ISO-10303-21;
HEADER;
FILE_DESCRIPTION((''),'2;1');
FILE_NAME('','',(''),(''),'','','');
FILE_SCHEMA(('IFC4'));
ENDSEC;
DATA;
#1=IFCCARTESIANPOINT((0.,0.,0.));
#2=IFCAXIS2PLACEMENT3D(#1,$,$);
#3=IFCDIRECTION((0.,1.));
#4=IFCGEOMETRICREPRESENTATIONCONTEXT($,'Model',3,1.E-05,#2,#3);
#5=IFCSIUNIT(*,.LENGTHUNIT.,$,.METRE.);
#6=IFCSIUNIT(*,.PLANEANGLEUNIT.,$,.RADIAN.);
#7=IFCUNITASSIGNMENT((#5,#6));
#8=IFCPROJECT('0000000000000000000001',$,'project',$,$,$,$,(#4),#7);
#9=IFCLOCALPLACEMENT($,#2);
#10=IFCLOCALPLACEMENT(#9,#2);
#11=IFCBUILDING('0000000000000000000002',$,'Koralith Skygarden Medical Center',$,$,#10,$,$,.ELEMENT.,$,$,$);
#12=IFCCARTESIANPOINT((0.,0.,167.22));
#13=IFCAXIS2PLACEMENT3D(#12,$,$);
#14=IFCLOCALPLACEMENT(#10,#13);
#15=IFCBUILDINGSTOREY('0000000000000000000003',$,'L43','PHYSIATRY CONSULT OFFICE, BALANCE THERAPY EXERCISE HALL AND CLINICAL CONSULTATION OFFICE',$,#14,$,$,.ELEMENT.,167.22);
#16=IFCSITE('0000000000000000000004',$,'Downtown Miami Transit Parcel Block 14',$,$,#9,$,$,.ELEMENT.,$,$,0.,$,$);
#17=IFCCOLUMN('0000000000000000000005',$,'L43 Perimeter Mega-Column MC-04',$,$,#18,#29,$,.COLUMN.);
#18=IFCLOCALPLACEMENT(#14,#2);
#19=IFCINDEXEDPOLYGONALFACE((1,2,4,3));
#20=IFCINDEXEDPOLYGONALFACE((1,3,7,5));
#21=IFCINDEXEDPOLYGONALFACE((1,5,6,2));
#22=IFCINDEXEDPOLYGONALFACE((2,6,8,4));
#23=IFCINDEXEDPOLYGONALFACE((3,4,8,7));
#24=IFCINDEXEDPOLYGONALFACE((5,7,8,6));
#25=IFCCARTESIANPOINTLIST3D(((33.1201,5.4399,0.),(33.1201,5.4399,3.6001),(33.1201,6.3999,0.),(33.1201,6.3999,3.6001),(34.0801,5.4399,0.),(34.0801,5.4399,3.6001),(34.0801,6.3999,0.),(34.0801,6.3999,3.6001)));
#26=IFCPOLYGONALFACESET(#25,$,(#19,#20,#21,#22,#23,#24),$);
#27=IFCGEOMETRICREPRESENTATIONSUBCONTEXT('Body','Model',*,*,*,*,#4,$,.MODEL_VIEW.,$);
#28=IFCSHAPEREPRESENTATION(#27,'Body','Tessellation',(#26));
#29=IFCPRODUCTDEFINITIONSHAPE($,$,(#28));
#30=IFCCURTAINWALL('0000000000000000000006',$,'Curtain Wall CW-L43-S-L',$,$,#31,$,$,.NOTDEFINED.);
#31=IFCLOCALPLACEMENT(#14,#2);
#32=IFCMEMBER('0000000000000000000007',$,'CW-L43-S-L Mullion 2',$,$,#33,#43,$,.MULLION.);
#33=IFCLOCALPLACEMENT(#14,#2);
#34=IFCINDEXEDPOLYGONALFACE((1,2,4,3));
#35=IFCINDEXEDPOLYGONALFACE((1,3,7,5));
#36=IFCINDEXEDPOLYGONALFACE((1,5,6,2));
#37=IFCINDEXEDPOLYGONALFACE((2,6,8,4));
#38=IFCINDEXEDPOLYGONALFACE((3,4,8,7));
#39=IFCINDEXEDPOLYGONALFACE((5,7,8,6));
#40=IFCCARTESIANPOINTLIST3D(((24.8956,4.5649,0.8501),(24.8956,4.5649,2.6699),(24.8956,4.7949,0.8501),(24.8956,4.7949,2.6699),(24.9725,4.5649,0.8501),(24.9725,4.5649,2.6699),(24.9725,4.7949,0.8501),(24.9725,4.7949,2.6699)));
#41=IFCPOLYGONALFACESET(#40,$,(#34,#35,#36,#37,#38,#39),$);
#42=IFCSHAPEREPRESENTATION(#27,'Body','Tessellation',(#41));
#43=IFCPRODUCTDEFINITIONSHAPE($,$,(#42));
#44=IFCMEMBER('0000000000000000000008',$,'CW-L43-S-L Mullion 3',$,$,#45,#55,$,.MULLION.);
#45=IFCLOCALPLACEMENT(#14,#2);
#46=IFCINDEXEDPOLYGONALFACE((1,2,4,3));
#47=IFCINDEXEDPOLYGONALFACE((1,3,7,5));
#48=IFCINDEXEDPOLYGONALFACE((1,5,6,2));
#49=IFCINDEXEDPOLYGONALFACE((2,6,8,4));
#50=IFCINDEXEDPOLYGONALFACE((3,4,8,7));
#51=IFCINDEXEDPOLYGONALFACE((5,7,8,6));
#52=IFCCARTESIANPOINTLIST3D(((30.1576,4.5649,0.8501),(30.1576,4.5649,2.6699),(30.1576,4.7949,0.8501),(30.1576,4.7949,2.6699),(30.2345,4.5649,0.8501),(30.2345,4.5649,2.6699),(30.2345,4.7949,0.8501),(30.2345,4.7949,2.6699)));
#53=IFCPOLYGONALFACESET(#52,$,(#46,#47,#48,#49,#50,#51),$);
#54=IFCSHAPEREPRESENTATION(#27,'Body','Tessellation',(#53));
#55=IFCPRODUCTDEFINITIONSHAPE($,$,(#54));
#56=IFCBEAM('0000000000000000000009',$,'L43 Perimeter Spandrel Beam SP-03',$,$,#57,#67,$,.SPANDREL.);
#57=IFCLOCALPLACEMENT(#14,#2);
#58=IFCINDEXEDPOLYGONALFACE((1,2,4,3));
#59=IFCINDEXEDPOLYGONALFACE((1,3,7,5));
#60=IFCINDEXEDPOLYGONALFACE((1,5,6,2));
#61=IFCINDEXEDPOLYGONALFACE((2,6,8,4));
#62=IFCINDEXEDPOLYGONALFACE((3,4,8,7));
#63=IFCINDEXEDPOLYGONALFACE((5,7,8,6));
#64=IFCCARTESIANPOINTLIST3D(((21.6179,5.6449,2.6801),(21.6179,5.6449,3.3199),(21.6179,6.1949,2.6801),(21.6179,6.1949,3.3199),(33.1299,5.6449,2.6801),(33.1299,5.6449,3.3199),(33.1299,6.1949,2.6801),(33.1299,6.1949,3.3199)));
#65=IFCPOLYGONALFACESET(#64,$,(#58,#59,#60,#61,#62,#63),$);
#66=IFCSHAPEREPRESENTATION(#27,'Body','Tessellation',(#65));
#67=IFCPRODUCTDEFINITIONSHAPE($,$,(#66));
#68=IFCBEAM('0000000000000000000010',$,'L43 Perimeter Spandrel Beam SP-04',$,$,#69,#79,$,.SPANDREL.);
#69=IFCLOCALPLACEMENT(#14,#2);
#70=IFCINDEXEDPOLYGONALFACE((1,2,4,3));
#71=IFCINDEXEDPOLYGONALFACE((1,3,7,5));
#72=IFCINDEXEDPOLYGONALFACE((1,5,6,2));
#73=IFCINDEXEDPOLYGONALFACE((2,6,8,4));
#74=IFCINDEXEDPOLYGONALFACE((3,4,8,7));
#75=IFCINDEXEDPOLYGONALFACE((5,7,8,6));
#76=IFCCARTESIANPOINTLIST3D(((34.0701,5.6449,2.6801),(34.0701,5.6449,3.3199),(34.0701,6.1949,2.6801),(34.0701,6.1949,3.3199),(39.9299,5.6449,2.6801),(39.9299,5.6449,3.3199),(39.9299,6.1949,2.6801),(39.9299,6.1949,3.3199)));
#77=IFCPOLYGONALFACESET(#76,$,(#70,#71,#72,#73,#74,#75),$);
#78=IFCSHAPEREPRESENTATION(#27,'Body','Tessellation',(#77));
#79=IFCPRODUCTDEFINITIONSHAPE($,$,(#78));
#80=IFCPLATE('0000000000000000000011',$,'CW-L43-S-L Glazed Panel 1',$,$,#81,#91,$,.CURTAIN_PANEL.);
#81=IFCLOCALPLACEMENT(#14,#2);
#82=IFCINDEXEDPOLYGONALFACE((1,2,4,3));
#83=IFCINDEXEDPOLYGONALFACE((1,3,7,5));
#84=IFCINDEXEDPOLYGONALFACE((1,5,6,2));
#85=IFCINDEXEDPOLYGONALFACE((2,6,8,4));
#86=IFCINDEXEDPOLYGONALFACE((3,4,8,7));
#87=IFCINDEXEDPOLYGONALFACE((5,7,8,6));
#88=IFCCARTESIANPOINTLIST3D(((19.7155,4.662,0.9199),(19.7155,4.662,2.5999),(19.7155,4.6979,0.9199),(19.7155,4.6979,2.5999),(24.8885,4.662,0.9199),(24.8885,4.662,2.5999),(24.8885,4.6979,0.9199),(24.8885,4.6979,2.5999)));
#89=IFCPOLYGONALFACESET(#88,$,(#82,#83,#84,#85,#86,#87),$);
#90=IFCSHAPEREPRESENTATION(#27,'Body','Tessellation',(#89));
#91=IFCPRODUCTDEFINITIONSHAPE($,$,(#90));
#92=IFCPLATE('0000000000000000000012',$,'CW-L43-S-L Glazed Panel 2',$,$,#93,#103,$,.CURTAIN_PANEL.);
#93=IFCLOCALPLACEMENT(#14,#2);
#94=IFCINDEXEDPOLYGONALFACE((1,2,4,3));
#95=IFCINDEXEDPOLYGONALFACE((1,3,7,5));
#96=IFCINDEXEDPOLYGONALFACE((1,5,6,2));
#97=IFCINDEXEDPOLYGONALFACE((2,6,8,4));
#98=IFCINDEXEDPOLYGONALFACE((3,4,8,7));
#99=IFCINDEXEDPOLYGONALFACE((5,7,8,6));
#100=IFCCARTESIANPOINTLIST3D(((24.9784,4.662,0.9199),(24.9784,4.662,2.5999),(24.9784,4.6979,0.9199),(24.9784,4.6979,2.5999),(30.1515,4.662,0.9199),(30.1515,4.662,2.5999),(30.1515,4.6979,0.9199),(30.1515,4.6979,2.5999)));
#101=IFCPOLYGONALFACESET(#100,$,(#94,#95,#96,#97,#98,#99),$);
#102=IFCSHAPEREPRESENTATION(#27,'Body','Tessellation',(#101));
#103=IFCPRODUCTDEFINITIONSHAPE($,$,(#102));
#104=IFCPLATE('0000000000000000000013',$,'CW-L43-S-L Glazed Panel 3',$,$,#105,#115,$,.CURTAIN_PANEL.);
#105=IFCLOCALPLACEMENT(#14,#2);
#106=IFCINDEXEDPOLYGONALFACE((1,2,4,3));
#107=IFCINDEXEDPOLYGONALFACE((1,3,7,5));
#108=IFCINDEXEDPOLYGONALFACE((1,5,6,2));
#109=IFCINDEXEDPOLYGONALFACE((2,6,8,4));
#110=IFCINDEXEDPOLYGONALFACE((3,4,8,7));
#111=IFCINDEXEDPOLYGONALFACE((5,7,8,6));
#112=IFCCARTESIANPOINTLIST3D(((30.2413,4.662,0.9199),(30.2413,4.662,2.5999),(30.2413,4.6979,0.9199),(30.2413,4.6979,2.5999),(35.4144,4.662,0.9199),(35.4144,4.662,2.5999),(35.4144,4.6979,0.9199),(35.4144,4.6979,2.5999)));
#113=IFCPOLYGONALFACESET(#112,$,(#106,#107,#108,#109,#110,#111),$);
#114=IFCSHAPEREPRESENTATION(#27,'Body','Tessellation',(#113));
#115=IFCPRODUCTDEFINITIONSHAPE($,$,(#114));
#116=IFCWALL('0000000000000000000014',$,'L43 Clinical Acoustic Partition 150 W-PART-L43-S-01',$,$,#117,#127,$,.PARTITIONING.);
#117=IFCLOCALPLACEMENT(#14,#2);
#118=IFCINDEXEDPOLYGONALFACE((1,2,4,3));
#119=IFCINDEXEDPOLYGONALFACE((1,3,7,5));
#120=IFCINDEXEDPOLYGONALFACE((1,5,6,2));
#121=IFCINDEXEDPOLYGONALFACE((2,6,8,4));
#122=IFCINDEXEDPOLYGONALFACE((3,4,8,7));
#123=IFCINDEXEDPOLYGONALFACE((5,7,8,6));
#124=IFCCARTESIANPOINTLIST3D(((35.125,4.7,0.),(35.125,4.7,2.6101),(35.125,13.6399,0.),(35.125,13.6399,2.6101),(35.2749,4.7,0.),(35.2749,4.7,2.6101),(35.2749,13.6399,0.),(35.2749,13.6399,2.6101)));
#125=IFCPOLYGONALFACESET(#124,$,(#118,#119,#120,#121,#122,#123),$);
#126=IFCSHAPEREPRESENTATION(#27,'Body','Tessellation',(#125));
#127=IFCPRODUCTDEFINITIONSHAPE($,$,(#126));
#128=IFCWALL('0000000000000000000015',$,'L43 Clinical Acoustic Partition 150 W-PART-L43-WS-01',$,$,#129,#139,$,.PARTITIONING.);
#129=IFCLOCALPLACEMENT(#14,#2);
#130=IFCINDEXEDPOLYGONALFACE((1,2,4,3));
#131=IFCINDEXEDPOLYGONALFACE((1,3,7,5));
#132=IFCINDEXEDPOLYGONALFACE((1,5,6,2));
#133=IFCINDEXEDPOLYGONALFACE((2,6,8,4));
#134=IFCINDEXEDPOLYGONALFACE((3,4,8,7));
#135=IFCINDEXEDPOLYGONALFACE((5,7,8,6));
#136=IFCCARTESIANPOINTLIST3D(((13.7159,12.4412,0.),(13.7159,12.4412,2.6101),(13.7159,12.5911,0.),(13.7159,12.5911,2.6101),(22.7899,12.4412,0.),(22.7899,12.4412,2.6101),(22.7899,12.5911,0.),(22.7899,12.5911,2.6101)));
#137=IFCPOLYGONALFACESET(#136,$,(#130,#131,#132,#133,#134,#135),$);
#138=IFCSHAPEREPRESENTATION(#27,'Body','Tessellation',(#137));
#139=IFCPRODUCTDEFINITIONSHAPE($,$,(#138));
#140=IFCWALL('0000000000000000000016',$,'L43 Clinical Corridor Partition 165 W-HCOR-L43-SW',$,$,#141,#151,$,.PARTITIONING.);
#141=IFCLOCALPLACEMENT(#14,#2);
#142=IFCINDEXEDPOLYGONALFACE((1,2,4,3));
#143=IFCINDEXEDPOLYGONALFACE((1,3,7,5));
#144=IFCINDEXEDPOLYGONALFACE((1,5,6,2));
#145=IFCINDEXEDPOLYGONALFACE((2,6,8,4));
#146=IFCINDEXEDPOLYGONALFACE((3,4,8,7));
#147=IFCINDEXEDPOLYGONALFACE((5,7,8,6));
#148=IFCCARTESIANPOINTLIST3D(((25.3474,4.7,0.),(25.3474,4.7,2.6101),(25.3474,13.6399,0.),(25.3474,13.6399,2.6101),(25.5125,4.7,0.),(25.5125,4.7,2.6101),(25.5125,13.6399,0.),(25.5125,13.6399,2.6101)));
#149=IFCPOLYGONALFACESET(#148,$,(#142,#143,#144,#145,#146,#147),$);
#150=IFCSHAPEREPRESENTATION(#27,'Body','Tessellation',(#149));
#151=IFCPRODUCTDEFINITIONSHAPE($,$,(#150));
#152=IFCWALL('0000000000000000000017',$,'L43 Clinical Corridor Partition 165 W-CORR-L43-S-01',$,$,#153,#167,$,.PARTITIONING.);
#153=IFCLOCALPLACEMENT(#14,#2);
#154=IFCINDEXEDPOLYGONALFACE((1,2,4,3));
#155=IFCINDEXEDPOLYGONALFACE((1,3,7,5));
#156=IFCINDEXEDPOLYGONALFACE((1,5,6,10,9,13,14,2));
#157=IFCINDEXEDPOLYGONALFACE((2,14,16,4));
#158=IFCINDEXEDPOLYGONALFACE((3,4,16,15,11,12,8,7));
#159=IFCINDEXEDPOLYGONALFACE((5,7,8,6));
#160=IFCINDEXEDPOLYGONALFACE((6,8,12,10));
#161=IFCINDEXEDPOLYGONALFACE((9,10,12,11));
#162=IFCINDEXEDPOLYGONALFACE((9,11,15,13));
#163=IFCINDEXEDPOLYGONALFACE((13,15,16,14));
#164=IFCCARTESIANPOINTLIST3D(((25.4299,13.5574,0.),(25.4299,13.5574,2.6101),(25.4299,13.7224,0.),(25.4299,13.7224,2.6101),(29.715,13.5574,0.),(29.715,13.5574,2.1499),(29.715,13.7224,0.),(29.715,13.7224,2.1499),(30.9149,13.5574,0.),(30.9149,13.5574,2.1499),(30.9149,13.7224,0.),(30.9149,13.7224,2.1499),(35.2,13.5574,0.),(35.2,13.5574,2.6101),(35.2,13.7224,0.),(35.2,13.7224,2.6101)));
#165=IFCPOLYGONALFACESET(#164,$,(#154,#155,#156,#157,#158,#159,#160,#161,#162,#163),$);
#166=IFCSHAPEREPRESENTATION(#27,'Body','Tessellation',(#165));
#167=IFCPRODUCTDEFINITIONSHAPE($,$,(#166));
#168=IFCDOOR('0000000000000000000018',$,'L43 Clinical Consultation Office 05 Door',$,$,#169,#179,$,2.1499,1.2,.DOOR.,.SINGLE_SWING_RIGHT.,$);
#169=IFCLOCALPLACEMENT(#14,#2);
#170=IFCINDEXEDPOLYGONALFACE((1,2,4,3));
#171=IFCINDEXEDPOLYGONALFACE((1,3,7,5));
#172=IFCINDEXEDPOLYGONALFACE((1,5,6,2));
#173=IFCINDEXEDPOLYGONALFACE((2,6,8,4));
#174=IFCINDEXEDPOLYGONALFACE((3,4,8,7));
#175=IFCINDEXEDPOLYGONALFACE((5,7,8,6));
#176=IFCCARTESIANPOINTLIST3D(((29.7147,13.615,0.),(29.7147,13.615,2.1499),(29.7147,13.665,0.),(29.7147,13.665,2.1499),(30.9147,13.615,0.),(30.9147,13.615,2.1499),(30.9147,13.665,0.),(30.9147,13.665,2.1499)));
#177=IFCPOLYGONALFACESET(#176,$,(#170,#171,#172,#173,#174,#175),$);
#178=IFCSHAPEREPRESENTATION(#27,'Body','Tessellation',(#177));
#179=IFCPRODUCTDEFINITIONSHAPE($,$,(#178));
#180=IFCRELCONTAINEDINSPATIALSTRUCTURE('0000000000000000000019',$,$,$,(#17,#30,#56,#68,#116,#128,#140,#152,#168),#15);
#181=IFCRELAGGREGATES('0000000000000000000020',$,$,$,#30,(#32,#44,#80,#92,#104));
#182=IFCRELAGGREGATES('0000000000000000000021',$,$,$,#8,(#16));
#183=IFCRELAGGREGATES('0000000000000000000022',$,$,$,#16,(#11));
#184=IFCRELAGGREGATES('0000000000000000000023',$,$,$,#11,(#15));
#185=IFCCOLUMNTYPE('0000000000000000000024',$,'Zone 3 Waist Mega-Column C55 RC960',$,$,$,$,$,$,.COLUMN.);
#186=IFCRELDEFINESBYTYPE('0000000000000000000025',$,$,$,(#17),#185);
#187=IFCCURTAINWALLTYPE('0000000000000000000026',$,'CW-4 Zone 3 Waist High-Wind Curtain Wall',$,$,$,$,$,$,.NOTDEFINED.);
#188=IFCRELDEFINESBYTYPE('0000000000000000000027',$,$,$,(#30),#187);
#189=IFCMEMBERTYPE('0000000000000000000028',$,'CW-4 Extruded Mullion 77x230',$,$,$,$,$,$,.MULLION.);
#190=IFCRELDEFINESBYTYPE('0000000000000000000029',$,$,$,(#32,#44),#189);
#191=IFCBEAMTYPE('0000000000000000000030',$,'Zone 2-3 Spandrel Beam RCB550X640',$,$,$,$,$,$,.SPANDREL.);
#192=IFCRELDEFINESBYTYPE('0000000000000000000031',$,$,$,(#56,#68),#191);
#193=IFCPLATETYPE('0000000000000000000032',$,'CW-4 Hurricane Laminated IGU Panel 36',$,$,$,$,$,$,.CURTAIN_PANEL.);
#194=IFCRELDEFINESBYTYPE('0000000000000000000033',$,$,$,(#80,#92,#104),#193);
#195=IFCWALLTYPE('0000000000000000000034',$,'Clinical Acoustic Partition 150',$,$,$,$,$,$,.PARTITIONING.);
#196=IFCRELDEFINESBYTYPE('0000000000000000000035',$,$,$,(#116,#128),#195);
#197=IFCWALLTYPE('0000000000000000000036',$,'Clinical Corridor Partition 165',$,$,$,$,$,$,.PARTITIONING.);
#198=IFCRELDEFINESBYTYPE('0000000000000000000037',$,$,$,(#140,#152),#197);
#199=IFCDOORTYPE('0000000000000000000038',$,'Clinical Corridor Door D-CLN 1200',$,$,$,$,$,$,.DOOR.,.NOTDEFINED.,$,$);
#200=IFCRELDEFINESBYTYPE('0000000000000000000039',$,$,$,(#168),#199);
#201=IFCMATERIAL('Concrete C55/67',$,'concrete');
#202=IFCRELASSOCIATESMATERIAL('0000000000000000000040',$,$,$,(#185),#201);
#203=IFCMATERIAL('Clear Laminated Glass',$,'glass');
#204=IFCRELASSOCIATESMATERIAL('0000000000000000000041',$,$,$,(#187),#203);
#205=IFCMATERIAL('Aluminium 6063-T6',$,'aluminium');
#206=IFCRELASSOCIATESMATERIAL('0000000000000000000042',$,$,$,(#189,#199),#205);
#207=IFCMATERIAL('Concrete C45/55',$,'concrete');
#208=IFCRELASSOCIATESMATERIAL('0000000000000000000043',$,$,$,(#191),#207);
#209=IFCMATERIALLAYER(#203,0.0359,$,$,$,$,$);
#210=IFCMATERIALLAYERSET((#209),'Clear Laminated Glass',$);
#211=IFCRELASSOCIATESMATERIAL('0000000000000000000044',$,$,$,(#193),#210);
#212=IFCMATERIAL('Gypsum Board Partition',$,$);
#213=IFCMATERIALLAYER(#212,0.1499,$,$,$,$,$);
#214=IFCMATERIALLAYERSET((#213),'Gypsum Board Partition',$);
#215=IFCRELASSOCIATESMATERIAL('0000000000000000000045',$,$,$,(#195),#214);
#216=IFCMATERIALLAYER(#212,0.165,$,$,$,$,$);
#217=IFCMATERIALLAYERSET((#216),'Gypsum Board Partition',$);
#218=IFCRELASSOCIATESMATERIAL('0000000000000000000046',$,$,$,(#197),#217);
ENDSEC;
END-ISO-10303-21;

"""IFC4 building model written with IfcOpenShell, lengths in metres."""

from ifc_helpers import new_model, si_unit, direction, frame, frame_2d, origin, origin_2d, place, context, subcontext, project, spatial, rectangle, extrude, material, layer, layer_set, material_profile, profile_set, type_object, element, fill, aggregate, save


model = new_model("IFC4")

# Units and contexts
model_context = context("Model", 3, precision=1e-05, world=origin(), true_north=direction((0.0, 1.0)))
body_context = subcontext(model_context, "Body", "Model", "MODEL_VIEW")
ifc_project = project(units=[si_unit("LENGTHUNIT", "METRE"), si_unit("PLANEANGLEUNIT", "RADIAN")], contexts=[model_context])

# Site, building, storey
site_placement = place(None, origin())
site = spatial("IfcSite", under=ifc_project, at=site_placement, Name="Downtown Miami Transit Parcel Block 14", CompositionType="ELEMENT", RefElevation=0.0)
building_placement = place(site_placement, origin())
building = spatial("IfcBuilding", under=site, at=building_placement, Name="Koralith Skygarden Medical Center", CompositionType="ELEMENT")
storey_placement = place(building_placement, frame((0.0, 0.0, 167.22)))
storey = spatial("IfcBuildingStorey", under=building, at=storey_placement, Name="L43", Description="PHYSIATRY CONSULT OFFICE, BALANCE THERAPY EXERCISE HALL AND CLINICAL CONSULTATION OFFICE", CompositionType="ELEMENT", Elevation=167.22)

# Column
ifc_material_1 = material(Name="Concrete C55/67", Category="concrete")
ifc_material_profile_1 = material_profile(ifc_material_1, rectangle(XDim=0.96, YDim=0.96, at=origin_2d()), Name="RC960X960")
ifc_profile_set_1 = profile_set([ifc_material_profile_1], Name="Concrete C55/67")
column_type = type_object("IfcColumnType", Name="Zone 3 Waist Mega-Column C55 RC960", PredefinedType="COLUMN", material=ifc_profile_set_1)
column_placement = place(storey_placement, frame((33.6001, 5.9199, 0.0), z_axis=(0.0, 0.0, 1.0), x_axis=(1.0, 0.0, 0.0)))
element("IfcColumn", 1, at=column_placement, inside=storey, type_object=column_type, Name="L43 Perimeter Mega-Column MC-04", PredefinedType="COLUMN", context=body_context, shape_type="SweptSolid", body=[
    extrude(rectangle(XDim=0.96, YDim=0.96, at=origin_2d()), origin(), (0.0, 0.0, 1.0), 3.6001),
])

# Curtain wall, members
ifc_material_2 = material(Name="Clear Laminated Glass", Category="glass")
curtain_wall_type = type_object("IfcCurtainWallType", Name="CW-4 Zone 3 Waist High-Wind Curtain Wall", PredefinedType="NOTDEFINED", material=ifc_material_2)
curtain_wall_placement = place(storey_placement, origin())
curtain_wall = element("IfcCurtainWall", 2, at=curtain_wall_placement, inside=storey, type_object=curtain_wall_type, Name="Curtain Wall CW-L43-S-L", PredefinedType="NOTDEFINED")
ifc_material_3 = material(Name="Aluminium 6063-T6", Category="aluminium")
ifc_material_profile_2 = material_profile(ifc_material_3, rectangle(XDim=0.0769, YDim=0.23, at=origin_2d()), Name="MUL77X230")
ifc_profile_set_2 = profile_set([ifc_material_profile_2], Name="Aluminium 6063-T6")
member_type = type_object("IfcMemberType", Name="CW-4 Extruded Mullion 77x230", PredefinedType="MULLION", material=ifc_profile_set_2)
member_1_placement = place(storey_placement, frame((24.9341, 4.6799, 0.8501), z_axis=(0.0, 0.0, 1.0), x_axis=(1.0, 0.0, 0.0)))
member_1 = element("IfcMember", 3, at=member_1_placement, type_object=member_type, Name="CW-L43-S-L Mullion 2", PredefinedType="MULLION", context=body_context, shape_type="SweptSolid", body=[
    extrude(rectangle(XDim=0.0769, YDim=0.23, at=origin_2d()), origin(), (0.0, 0.0, 1.0), 1.8198),
])
member_2_placement = place(storey_placement, frame((30.196, 4.6799, 0.8501), z_axis=(0.0, 0.0, 1.0), x_axis=(1.0, 0.0, 0.0)))
member_2 = element("IfcMember", 4, at=member_2_placement, type_object=member_type, Name="CW-L43-S-L Mullion 3", PredefinedType="MULLION", context=body_context, shape_type="SweptSolid", body=[
    extrude(rectangle(XDim=0.0769, YDim=0.23, at=origin_2d()), origin(), (0.0, 0.0, 1.0), 1.8198),
])

# Beams
ifc_material_4 = material(Name="Concrete C45/55", Category="concrete")
ifc_material_profile_3 = material_profile(ifc_material_4, rectangle(XDim=0.55, YDim=0.6399, at=origin_2d()), Name="RCB550X640")
ifc_profile_set_3 = profile_set([ifc_material_profile_3], Name="Concrete C45/55")
beam_type = type_object("IfcBeamType", Name="Zone 2-3 Spandrel Beam RCB550X640", PredefinedType="SPANDREL", material=ifc_profile_set_3)
beam_1_placement = place(storey_placement, frame((21.6179, 5.9199, 3.0), z_axis=(1.0, 0.0, 0.0), x_axis=(0.0, 1.0, 0.0)))
element("IfcBeam", 5, at=beam_1_placement, inside=storey, type_object=beam_type, Name="L43 Perimeter Spandrel Beam SP-03", PredefinedType="SPANDREL", context=body_context, shape_type="SweptSolid", body=[
    extrude(rectangle(XDim=0.55, YDim=0.6399, at=origin_2d()), origin(), (0.0, 0.0, 1.0), 11.512),
])
beam_2_placement = place(storey_placement, frame((34.0701, 5.9199, 3.0), z_axis=(1.0, 0.0, 0.0), x_axis=(0.0, 1.0, 0.0)))
element("IfcBeam", 6, at=beam_2_placement, inside=storey, type_object=beam_type, Name="L43 Perimeter Spandrel Beam SP-04", PredefinedType="SPANDREL", context=body_context, shape_type="SweptSolid", body=[
    extrude(rectangle(XDim=0.55, YDim=0.6399, at=origin_2d()), origin(), (0.0, 0.0, 1.0), 5.8599),
])

# Plates
ifc_layer_1 = layer(ifc_material_2, 0.0359)
ifc_layer_set_1 = layer_set([ifc_layer_1], Name="Clear Laminated Glass")
plate_type = type_object("IfcPlateType", Name="CW-4 Hurricane Laminated IGU Panel 36", PredefinedType="CURTAIN_PANEL", material=ifc_layer_set_1)
plate_1_placement = place(storey_placement, frame((22.302, 4.6799, 0.9199), z_axis=(0.0, 0.0, 1.0), x_axis=(1.0, 0.0, 0.0)))
plate_1 = element("IfcPlate", 7, at=plate_1_placement, type_object=plate_type, Name="CW-L43-S-L Glazed Panel 1", PredefinedType="CURTAIN_PANEL", context=body_context, shape_type="SweptSolid", body=[
    extrude(rectangle(XDim=5.1731, YDim=0.0359, at=origin_2d()), origin(), (0.0, 0.0, 1.0), 1.6799),
])
plate_2_placement = place(storey_placement, frame((27.5649, 4.6799, 0.9199), z_axis=(0.0, 0.0, 1.0), x_axis=(1.0, 0.0, 0.0)))
plate_2 = element("IfcPlate", 8, at=plate_2_placement, type_object=plate_type, Name="CW-L43-S-L Glazed Panel 2", PredefinedType="CURTAIN_PANEL", context=body_context, shape_type="SweptSolid", body=[
    extrude(rectangle(XDim=5.1731, YDim=0.0359, at=origin_2d()), origin(), (0.0, 0.0, 1.0), 1.6799),
])
plate_3_placement = place(storey_placement, frame((32.8279, 4.6799, 0.9199), z_axis=(0.0, 0.0, 1.0), x_axis=(1.0, 0.0, 0.0)))
plate_3 = element("IfcPlate", 9, at=plate_3_placement, type_object=plate_type, Name="CW-L43-S-L Glazed Panel 3", PredefinedType="CURTAIN_PANEL", context=body_context, shape_type="SweptSolid", body=[
    extrude(rectangle(XDim=5.1731, YDim=0.0359, at=origin_2d()), origin(), (0.0, 0.0, 1.0), 1.6799),
])
aggregate(curtain_wall, [member_1, member_2, plate_1, plate_2, plate_3])

# Walls
ifc_material_5 = material(Name="Gypsum Board Partition")
ifc_layer_2 = layer(ifc_material_5, 0.1499)
ifc_layer_set_2 = layer_set([ifc_layer_2], Name="Gypsum Board Partition")
wall_type_1 = type_object("IfcWallType", Name="Clinical Acoustic Partition 150", PredefinedType="PARTITIONING", material=ifc_layer_set_2)
wall_1_placement = place(storey_placement, frame((35.2, 13.6399, 0.0), z_axis=(0.0, 0.0, 1.0), x_axis=(0.0, -1.0, 0.0)))
element("IfcWall", 10, at=wall_1_placement, inside=storey, type_object=wall_type_1, Name="L43 Clinical Acoustic Partition 150 W-PART-L43-S-01", PredefinedType="PARTITIONING", context=body_context, shape_type="SweptSolid", body=[
    extrude(rectangle(XDim=8.9399, YDim=0.1499, at=frame_2d((4.47, 0.0))), origin(), (0.0, 0.0, 1.0), 2.6101),
])
wall_2_placement = place(storey_placement, frame((22.79, 12.5161, 0.0), z_axis=(0.0, 0.0, 1.0), x_axis=(-1.0, 0.0, 0.0)))
element("IfcWall", 11, at=wall_2_placement, inside=storey, type_object=wall_type_1, Name="L43 Clinical Acoustic Partition 150 W-PART-L43-WS-01", PredefinedType="PARTITIONING", context=body_context, shape_type="SweptSolid", body=[
    extrude(rectangle(XDim=9.074, YDim=0.1499, at=frame_2d((4.5371, 0.0))), origin(), (0.0, 0.0, 1.0), 2.6101),
])
ifc_layer_3 = layer(ifc_material_5, 0.165)
ifc_layer_set_3 = layer_set([ifc_layer_3], Name="Gypsum Board Partition")
wall_type_2 = type_object("IfcWallType", Name="Clinical Corridor Partition 165", PredefinedType="PARTITIONING", material=ifc_layer_set_3)
wall_3_placement = place(storey_placement, frame((25.4299, 4.7, 0.0), z_axis=(0.0, 0.0, 1.0), x_axis=(0.0, 1.0, 0.0)))
element("IfcWall", 12, at=wall_3_placement, inside=storey, type_object=wall_type_2, Name="L43 Clinical Corridor Partition 165 W-HCOR-L43-SW", PredefinedType="PARTITIONING", context=body_context, shape_type="SweptSolid", body=[
    extrude(rectangle(XDim=8.9399, YDim=0.165, at=frame_2d((4.47, 0.0))), origin(), (0.0, 0.0, 1.0), 2.6101),
])

# Wall, opening, door
wall_4_placement = place(storey_placement, frame((25.4299, 13.6399, 0.0), z_axis=(0.0, 0.0, 1.0), x_axis=(1.0, 0.0, 0.0)))
wall_4 = element("IfcWall", 13, at=wall_4_placement, inside=storey, type_object=wall_type_2, Name="L43 Clinical Corridor Partition 165 W-CORR-L43-S-01", PredefinedType="PARTITIONING", context=body_context, shape_type="SweptSolid", body=[
    extrude(rectangle(XDim=9.77, YDim=0.165, at=frame_2d((4.885, 0.0))), origin(), (0.0, 0.0, 1.0), 2.6101),
])
opening_1_placement = place(wall_4_placement, frame((4.2849, 0.0, 0.0)))
opening_1 = element("IfcOpeningElement", 14, at=opening_1_placement, cuts=wall_4, PredefinedType="OPENING", context=body_context, shape_type="SweptSolid", body=[
    extrude(rectangle(XDim=1.2, YDim=2.1499, at=frame_2d((0.6001, 1.075))), frame((0.0, 0.0925, 0.0), z_axis=(0.0, -1.0, 0.0), x_axis=(1.0, 0.0, 0.0)), (0.0, 0.0, 1.0), 0.1851),
])
door_type = type_object("IfcDoorType", Name="Clinical Corridor Door D-CLN 1200", OperationType="NOTDEFINED", PredefinedType="DOOR", material=ifc_material_3)
door_1_placement = place(opening_1_placement, frame((1.2, 0.0, 0.0), z_axis=(0.0, 0.0, 1.0), x_axis=(-1.0, 0.0, 0.0)))
door_1 = element("IfcDoor", 15, at=door_1_placement, inside=storey, type_object=door_type, Name="L43 Clinical Consultation Office 05 Door", OperationType="SINGLE_SWING_RIGHT", OverallHeight=2.1499, OverallWidth=1.2, PredefinedType="DOOR", context=body_context, shape_type="SweptSolid", body=[
    extrude(rectangle(XDim=1.2, YDim=2.1499, at=frame_2d((0.6001, 1.075))), frame((0.0, 0.0249, 0.0), z_axis=(0.0, -1.0, 0.0), x_axis=(1.0, 0.0, 0.0)), (0.0, 0.0, 1.0), 0.05),
])
fill(opening_1, door_1)

save(model, "model.ifc")
